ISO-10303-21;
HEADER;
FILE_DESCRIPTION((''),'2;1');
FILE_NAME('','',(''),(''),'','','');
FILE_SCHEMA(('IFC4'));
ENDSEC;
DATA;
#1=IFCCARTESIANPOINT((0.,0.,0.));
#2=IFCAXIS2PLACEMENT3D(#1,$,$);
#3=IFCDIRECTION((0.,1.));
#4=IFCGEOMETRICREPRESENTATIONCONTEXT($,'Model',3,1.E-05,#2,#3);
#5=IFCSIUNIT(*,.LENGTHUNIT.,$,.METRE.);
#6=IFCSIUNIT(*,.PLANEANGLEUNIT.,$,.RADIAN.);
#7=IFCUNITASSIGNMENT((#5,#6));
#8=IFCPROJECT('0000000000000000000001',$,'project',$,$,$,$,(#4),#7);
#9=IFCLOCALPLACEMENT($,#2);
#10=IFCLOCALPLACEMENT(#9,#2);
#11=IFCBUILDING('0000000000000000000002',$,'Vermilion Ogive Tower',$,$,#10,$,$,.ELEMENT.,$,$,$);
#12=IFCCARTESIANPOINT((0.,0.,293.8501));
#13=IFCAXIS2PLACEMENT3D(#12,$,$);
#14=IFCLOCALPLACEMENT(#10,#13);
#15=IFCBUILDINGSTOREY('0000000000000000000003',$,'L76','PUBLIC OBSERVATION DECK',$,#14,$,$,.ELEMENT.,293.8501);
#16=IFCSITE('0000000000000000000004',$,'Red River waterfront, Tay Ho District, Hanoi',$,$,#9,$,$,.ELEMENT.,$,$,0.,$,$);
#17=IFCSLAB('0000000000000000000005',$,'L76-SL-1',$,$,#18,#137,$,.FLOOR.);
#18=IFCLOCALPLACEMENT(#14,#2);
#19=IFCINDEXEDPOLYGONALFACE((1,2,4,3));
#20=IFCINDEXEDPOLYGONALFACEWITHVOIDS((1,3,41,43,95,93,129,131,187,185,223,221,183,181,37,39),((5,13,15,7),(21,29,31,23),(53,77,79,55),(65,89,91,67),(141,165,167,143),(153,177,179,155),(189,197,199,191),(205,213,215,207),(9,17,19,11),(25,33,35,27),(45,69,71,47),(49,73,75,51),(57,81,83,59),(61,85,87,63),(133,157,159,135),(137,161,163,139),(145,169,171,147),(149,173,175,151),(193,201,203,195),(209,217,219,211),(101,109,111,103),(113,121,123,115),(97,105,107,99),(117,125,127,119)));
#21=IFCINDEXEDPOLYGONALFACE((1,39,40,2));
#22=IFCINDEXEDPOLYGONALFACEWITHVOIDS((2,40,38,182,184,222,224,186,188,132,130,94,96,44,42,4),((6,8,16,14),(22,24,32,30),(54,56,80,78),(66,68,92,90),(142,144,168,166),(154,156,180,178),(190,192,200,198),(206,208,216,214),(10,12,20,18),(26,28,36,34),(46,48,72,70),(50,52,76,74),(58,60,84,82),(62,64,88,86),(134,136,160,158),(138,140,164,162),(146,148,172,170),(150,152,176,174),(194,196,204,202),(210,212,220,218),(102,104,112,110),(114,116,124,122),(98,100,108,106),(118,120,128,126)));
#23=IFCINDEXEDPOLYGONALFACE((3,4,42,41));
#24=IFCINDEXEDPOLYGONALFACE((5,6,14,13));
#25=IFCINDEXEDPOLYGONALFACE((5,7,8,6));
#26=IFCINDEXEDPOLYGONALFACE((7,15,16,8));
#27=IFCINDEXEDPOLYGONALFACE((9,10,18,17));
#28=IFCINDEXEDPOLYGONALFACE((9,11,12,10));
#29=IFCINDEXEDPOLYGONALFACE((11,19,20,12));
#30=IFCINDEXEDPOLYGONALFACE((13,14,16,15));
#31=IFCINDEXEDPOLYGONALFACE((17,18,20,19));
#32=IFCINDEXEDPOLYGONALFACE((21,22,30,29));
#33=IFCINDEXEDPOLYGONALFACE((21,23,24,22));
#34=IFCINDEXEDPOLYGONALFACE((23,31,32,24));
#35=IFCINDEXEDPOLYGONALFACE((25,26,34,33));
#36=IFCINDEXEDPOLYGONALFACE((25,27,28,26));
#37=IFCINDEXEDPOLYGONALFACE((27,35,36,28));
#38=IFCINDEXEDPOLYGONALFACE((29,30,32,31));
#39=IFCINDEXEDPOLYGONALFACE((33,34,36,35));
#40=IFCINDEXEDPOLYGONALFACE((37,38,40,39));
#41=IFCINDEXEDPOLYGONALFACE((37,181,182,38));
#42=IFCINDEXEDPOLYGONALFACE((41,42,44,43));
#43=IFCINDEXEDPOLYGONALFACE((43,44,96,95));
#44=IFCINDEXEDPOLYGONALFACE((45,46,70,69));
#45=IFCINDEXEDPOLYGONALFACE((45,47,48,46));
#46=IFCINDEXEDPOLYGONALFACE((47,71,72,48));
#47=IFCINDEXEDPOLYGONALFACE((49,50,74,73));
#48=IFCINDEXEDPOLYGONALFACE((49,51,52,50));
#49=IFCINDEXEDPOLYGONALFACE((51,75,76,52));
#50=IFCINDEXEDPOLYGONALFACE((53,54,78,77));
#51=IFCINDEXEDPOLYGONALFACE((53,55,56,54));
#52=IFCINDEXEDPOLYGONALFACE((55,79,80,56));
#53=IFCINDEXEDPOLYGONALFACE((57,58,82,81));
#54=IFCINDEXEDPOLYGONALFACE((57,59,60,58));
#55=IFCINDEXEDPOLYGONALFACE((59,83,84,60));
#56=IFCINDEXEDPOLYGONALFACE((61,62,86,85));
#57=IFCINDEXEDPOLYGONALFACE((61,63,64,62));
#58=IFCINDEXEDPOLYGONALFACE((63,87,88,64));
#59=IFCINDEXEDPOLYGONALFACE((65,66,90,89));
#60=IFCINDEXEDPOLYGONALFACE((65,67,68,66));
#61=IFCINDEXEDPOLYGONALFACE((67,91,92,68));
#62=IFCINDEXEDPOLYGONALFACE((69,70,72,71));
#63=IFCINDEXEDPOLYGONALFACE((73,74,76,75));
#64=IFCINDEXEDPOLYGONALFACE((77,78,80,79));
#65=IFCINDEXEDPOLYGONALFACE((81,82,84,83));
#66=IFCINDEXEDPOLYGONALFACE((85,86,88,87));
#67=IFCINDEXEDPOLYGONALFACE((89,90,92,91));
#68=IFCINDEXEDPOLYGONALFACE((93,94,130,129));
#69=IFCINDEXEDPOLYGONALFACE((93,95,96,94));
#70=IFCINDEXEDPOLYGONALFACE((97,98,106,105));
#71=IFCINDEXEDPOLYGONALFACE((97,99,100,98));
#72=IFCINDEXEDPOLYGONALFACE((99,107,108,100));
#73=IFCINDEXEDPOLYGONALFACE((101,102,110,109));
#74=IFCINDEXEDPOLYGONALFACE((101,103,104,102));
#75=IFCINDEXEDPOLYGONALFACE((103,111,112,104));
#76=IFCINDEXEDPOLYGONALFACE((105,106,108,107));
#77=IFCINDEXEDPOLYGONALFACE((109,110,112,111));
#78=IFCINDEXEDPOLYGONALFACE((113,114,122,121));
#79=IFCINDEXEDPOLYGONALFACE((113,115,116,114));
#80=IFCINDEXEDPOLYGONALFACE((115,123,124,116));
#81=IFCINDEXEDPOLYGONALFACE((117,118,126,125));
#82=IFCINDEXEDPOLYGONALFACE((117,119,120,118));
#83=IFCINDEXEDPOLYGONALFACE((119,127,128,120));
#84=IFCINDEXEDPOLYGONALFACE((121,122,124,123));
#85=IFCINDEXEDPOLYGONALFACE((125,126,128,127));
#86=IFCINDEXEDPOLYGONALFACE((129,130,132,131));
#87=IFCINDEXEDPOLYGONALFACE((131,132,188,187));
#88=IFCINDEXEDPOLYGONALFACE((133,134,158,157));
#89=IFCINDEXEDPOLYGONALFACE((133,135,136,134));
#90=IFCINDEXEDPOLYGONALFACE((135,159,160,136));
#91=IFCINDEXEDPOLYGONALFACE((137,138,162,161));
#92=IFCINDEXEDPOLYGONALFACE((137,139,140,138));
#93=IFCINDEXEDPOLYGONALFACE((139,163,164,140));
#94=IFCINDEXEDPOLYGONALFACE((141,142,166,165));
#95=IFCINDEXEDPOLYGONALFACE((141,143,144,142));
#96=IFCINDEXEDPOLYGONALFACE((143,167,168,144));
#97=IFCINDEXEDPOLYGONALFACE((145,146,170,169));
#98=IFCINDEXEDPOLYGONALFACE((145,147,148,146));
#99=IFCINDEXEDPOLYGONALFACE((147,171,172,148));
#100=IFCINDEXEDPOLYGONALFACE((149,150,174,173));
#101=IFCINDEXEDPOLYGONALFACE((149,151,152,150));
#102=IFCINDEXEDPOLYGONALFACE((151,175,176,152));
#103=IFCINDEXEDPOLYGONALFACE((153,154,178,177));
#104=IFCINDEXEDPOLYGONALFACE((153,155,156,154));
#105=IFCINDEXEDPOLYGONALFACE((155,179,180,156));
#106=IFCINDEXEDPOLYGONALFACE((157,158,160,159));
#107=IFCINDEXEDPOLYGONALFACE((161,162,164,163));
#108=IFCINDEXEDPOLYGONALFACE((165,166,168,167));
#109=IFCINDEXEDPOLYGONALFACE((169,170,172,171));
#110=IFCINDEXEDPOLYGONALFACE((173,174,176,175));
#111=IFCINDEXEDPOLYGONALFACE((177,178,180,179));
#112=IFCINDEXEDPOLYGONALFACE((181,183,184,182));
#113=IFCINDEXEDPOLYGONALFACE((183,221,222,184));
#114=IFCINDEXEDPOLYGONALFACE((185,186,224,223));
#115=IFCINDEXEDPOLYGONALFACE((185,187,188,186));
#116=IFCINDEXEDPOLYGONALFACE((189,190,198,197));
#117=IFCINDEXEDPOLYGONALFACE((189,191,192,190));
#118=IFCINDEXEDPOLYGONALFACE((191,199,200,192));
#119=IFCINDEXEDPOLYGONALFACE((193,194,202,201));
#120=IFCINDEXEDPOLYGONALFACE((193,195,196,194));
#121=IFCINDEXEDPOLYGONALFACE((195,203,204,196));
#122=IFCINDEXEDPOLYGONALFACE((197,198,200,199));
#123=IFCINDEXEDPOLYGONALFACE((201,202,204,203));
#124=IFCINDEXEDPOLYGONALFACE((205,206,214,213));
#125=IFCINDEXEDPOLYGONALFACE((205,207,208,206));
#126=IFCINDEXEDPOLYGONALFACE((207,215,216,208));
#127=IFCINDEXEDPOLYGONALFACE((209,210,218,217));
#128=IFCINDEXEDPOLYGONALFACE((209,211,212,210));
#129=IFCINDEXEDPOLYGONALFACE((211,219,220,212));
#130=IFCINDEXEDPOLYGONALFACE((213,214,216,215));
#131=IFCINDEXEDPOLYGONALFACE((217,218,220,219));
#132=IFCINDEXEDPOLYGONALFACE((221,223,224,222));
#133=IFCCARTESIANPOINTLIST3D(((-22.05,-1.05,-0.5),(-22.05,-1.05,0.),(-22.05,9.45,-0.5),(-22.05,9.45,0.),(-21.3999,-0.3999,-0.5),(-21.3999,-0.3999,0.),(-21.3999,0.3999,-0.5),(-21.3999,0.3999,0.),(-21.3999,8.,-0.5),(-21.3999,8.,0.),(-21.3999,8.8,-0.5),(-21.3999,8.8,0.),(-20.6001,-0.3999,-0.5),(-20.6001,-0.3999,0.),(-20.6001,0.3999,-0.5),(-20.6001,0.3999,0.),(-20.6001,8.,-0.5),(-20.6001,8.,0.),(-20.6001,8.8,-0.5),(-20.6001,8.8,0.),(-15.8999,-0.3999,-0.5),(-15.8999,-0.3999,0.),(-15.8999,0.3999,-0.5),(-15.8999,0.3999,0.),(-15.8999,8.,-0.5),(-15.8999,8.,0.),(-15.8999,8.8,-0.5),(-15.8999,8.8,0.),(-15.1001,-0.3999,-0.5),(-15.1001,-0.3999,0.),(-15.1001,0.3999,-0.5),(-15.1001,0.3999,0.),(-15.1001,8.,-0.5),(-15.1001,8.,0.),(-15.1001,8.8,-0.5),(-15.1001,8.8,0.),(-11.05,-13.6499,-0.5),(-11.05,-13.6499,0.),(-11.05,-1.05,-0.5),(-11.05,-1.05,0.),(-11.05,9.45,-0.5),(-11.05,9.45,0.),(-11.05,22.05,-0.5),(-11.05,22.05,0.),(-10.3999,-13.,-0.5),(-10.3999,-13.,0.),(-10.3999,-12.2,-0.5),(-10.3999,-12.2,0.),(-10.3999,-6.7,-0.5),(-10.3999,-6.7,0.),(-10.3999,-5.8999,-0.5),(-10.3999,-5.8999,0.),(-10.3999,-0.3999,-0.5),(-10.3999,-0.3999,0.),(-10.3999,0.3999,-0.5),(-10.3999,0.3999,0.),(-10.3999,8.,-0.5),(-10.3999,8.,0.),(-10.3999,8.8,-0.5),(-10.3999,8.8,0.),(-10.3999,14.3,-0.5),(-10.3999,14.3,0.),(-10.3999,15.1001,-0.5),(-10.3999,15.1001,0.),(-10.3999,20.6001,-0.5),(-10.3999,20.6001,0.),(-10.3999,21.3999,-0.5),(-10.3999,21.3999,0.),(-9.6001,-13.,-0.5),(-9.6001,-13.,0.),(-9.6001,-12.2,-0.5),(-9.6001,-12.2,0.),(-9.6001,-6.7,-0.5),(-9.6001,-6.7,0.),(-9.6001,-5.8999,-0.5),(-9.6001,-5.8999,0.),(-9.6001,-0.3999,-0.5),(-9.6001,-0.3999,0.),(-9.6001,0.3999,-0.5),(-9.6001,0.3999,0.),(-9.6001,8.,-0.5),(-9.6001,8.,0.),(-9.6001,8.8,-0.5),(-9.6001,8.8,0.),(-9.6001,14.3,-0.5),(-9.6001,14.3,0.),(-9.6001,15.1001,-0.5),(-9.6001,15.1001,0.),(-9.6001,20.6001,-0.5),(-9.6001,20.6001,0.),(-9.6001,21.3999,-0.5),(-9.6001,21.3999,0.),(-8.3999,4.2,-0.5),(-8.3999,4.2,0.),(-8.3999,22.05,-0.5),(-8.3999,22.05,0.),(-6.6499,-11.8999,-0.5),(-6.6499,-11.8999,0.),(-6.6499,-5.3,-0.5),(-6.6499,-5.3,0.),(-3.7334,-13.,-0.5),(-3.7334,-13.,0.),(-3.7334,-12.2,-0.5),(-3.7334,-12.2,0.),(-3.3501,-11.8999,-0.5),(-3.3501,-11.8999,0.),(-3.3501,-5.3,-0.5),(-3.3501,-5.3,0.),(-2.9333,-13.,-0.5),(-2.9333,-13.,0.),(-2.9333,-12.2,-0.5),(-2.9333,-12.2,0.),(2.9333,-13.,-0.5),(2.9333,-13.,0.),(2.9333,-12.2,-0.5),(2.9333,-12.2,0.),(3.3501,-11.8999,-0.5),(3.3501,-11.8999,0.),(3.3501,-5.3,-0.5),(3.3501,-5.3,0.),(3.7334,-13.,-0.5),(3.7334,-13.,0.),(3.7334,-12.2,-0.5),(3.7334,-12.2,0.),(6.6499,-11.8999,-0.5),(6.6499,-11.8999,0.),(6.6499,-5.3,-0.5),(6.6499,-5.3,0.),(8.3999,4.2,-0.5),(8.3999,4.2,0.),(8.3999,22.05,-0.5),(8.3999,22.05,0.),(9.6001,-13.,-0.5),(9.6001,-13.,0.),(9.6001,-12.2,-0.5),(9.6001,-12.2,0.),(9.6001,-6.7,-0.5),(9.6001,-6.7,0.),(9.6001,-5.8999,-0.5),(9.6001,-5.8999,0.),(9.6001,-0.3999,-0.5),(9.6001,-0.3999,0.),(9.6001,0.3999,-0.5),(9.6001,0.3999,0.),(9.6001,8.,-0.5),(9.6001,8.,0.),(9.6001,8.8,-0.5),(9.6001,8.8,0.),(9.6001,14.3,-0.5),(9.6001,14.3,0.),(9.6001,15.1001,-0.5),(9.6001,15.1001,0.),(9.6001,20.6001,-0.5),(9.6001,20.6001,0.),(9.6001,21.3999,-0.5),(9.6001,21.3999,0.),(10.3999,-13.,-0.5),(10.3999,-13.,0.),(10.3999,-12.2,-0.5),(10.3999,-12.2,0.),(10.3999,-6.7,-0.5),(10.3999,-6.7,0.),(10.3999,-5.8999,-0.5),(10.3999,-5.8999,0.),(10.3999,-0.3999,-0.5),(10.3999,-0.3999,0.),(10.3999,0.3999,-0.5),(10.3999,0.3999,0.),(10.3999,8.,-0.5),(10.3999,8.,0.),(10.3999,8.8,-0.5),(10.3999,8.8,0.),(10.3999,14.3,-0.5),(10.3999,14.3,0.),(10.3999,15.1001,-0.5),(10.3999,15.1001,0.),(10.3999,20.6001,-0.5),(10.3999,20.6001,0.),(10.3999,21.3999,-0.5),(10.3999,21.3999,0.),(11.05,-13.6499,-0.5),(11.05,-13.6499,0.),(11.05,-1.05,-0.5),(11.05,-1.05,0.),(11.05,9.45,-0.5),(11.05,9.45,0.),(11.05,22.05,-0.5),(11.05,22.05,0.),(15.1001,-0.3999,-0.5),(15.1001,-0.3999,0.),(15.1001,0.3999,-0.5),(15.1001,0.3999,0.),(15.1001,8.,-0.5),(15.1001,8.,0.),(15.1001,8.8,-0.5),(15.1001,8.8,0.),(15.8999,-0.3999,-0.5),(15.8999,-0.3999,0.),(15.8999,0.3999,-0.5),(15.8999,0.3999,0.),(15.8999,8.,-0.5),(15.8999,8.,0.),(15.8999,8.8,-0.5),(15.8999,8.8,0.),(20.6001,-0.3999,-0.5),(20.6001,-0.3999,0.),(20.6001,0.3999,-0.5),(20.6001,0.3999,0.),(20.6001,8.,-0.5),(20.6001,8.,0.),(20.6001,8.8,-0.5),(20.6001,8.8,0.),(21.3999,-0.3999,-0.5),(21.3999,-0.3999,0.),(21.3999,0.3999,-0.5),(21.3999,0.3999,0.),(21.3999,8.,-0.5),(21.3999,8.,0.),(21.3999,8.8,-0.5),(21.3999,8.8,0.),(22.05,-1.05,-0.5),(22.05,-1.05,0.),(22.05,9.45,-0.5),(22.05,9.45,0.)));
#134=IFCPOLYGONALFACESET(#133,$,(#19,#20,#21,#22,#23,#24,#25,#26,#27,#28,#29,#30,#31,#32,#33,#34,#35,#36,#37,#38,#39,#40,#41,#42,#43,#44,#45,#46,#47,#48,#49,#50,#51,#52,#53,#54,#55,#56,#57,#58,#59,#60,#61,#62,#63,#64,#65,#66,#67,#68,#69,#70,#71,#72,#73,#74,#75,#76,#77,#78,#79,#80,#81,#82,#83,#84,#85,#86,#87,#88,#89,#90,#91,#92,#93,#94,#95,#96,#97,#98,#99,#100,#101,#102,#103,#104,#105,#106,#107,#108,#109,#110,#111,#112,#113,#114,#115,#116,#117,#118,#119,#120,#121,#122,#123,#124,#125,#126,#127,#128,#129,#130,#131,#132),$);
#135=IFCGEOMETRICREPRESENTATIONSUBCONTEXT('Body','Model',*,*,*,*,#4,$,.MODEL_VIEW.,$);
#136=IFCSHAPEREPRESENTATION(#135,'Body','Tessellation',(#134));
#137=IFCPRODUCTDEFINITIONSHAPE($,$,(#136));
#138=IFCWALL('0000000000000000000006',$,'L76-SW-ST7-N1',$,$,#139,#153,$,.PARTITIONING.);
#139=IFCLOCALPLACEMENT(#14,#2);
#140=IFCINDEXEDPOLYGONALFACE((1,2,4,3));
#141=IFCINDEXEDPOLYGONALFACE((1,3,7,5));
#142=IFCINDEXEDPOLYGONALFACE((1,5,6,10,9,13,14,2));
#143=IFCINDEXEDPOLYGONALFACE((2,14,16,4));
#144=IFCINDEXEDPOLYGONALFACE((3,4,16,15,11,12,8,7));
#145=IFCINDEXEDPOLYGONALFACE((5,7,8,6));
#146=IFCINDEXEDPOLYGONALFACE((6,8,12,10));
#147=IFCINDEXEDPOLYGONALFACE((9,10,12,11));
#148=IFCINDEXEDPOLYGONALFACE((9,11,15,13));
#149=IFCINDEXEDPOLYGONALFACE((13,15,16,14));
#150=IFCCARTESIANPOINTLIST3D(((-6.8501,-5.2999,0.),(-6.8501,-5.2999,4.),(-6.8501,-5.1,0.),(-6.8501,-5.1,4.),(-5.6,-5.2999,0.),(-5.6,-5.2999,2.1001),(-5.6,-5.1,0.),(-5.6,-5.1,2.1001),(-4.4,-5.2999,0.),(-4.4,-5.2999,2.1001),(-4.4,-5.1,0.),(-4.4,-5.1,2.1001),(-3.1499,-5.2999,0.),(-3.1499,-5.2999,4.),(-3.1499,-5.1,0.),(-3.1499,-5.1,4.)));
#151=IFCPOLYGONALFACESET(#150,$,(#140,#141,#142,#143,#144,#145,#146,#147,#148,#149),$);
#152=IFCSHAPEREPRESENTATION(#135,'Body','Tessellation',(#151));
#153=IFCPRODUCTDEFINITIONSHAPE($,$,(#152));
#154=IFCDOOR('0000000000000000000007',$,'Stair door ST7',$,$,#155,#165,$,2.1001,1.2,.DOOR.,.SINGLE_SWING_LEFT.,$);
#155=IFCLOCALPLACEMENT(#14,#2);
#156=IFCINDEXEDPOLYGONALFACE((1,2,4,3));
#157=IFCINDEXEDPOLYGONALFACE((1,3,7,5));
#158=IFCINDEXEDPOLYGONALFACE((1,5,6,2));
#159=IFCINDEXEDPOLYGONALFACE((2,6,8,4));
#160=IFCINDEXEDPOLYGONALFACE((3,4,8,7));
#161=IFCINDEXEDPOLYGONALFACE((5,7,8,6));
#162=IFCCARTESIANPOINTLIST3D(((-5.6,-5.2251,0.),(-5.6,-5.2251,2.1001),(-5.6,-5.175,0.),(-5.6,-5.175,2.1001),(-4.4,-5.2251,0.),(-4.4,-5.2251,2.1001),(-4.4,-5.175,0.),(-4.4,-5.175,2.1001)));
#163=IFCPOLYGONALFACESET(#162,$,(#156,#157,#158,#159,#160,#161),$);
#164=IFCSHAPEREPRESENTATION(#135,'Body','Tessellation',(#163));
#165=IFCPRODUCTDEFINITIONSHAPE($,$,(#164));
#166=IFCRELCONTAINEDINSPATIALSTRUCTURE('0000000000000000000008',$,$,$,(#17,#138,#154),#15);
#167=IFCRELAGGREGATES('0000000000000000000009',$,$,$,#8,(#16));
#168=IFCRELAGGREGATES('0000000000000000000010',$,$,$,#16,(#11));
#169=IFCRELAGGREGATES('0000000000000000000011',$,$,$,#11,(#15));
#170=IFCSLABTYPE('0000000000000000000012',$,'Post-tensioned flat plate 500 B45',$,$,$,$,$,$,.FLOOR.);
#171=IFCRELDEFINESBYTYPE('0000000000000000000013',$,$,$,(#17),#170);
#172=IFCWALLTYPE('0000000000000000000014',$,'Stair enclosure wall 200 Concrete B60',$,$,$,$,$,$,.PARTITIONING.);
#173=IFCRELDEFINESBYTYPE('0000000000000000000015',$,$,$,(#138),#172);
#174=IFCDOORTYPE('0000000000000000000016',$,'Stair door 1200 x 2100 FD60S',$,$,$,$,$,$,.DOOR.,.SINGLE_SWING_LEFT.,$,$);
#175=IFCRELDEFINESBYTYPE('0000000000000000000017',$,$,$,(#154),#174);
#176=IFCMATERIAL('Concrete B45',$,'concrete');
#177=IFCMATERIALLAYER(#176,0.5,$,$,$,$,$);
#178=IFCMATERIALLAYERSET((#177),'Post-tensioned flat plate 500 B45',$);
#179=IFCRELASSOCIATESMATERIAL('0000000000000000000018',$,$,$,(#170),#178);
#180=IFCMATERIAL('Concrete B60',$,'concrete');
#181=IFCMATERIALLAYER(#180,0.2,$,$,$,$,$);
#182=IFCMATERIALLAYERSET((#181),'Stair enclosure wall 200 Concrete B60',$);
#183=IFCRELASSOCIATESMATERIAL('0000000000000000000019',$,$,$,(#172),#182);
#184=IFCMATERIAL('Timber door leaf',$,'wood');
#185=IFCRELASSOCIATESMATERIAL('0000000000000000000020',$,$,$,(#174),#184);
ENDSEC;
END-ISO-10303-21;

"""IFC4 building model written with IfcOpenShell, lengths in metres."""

from ifc_helpers import new_model, si_unit, direction, frame, frame_2d, origin, place, context, subcontext, project, spatial, polyline, rectangle, outline, extrude, material, layer, layer_set, type_object, element, fill, save


model = new_model("IFC4")

# Units and contexts
model_context = context("Model", 3, precision=1e-05, world=origin(), true_north=direction((0.0, 1.0)))
body_context = subcontext(model_context, "Body", "Model", "MODEL_VIEW")
ifc_project = project(units=[si_unit("LENGTHUNIT", "METRE"), si_unit("PLANEANGLEUNIT", "RADIAN")], contexts=[model_context])

# Site, building, storey
site_placement = place(None, origin())
site = spatial("IfcSite", under=ifc_project, at=site_placement, Name="Red River waterfront, Tay Ho District, Hanoi", CompositionType="ELEMENT", RefElevation=0.0)
building_placement = place(site_placement, origin())
building = spatial("IfcBuilding", under=site, at=building_placement, Name="Vermilion Ogive Tower", CompositionType="ELEMENT")
storey_placement = place(building_placement, frame((0.0, 0.0, 293.8501)))
storey = spatial("IfcBuildingStorey", under=building, at=storey_placement, Name="L76", Description="PUBLIC OBSERVATION DECK", CompositionType="ELEMENT", Elevation=293.8501)

# Slab
ifc_material_1 = material(Name="Concrete B45", Category="concrete")
ifc_layer_1 = layer(ifc_material_1, 0.5)
ifc_layer_set_1 = layer_set([ifc_layer_1], Name="Post-tensioned flat plate 500 B45")
slab_type = type_object("IfcSlabType", Name="Post-tensioned flat plate 500 B45", PredefinedType="FLOOR", material=ifc_layer_set_1)
slab_placement = place(storey_placement, frame((0.0, 0.0, -0.5)))
element("IfcSlab", 1, at=slab_placement, inside=storey, type_object=slab_type, Name="L76-SL-1", PredefinedType="FLOOR", context=body_context, shape_type="SweptSolid", body=[
    extrude(outline(polyline([(-11.05, -1.05), (-22.05, -1.05), (-22.05, 9.45), (-11.05, 9.45), (-11.05, 22.05), (-8.3999, 22.05), (-8.3999, 4.2), (8.3999, 4.2), (8.3999, 22.05), (11.05, 22.05), (11.05, 9.45), (22.05, 9.45), (22.05, -1.05), (11.05, -1.05), (11.05, -13.6499), (-11.05, -13.6499), (-11.05, -1.05)]), holes=[polyline([(21.3999, 8.0), (21.3999, 8.8), (20.6001, 8.8), (20.6001, 8.0), (21.3999, 8.0)]), polyline([(21.3999, -0.3999), (21.3999, 0.3999), (20.6001, 0.3999), (20.6001, -0.3999), (21.3999, -0.3999)]), polyline([(15.8999, 8.0), (15.8999, 8.8), (15.1001, 8.8), (15.1001, 8.0), (15.8999, 8.0)]), polyline([(15.8999, -0.3999), (15.8999, 0.3999), (15.1001, 0.3999), (15.1001, -0.3999), (15.8999, -0.3999)]), polyline([(10.3999, 20.6001), (10.3999, 21.3999), (9.6001, 21.3999), (9.6001, 20.6001), (10.3999, 20.6001)]), polyline([(10.3999, 14.3), (10.3999, 15.1001), (9.6001, 15.1001), (9.6001, 14.3), (10.3999, 14.3)]), polyline([(10.3999, 8.0), (10.3999, 8.8), (9.6001, 8.8), (9.6001, 8.0), (10.3999, 8.0)]), polyline([(10.3999, -0.3999), (10.3999, 0.3999), (9.6001, 0.3999), (9.6001, -0.3999), (10.3999, -0.3999)]), polyline([(10.3999, -6.7), (10.3999, -5.8999), (9.6001, -5.8999), (9.6001, -6.7), (10.3999, -6.7)]), polyline([(10.3999, -13.0), (10.3999, -12.2), (9.6001, -12.2), (9.6001, -13.0), (10.3999, -13.0)]), polyline([(6.6499, -11.8999), (6.6499, -5.3), (3.3501, -5.3), (3.3501, -11.8999), (6.6499, -11.8999)]), polyline([(3.7334, -13.0), (3.7334, -12.2), (2.9333, -12.2), (2.9333, -13.0), (3.7334, -13.0)]), polyline([(-2.9333, -13.0), (-2.9333, -12.2), (-3.7334, -12.2), (-3.7334, -13.0), (-2.9333, -13.0)]), polyline([(-3.3501, -11.8999), (-3.3501, -5.3), (-6.6499, -5.3), (-6.6499, -11.8999), (-3.3501, -11.8999)]), polyline([(-9.6001, 20.6001), (-9.6001, 21.3999), (-10.3999, 21.3999), (-10.3999, 20.6001), (-9.6001, 20.6001)]), polyline([(-9.6001, 14.3), (-9.6001, 15.1001), (-10.3999, 15.1001), (-10.3999, 14.3), (-9.6001, 14.3)]), polyline([(-9.6001, 8.0), (-9.6001, 8.8), (-10.3999, 8.8), (-10.3999, 8.0), (-9.6001, 8.0)]), polyline([(-9.6001, -0.3999), (-9.6001, 0.3999), (-10.3999, 0.3999), (-10.3999, -0.3999), (-9.6001, -0.3999)]), polyline([(-9.6001, -6.7), (-9.6001, -5.8999), (-10.3999, -5.8999), (-10.3999, -6.7), (-9.6001, -6.7)]), polyline([(-9.6001, -12.2), (-10.3999, -12.2), (-10.3999, -13.0), (-9.6001, -13.0), (-9.6001, -12.2)]), polyline([(-15.1001, 8.0), (-15.1001, 8.8), (-15.8999, 8.8), (-15.8999, 8.0), (-15.1001, 8.0)]), polyline([(-15.1001, -0.3999), (-15.1001, 0.3999), (-15.8999, 0.3999), (-15.8999, -0.3999), (-15.1001, -0.3999)]), polyline([(-20.6001, -0.3999), (-20.6001, 0.3999), (-21.3999, 0.3999), (-21.3999, -0.3999), (-20.6001, -0.3999)]), polyline([(-20.6001, 8.8), (-21.3999, 8.8), (-21.3999, 8.0), (-20.6001, 8.0), (-20.6001, 8.8)])]), origin(), (0.0, 0.0, 1.0), 0.5),
])

# Wall, opening, door
ifc_material_2 = material(Name="Concrete B60", Category="concrete")
ifc_layer_2 = layer(ifc_material_2, 0.2)
ifc_layer_set_2 = layer_set([ifc_layer_2], Name="Stair enclosure wall 200 Concrete B60")
wall_type_1 = type_object("IfcWallType", Name="Stair enclosure wall 200 Concrete B60", PredefinedType="PARTITIONING", material=ifc_layer_set_2)
wall_1_placement = place(storey_placement, frame((-6.8501, -5.2, 0.0), z_axis=(0.0, 0.0, 1.0), x_axis=(1.0, 0.0, 0.0)))
wall_1 = element("IfcWall", 2, at=wall_1_placement, inside=storey, type_object=wall_type_1, Name="L76-SW-ST7-N1", PredefinedType="PARTITIONING", context=body_context, shape_type="SweptSolid", body=[
    extrude(rectangle(XDim=3.7002, YDim=0.2, at=frame_2d((1.8501, 0.0))), origin(), (0.0, 0.0, 1.0), 4.0),
])
opening_placement = place(wall_1_placement, frame((1.25, 0.0, 0.0)))
opening = element("IfcOpeningElement", 3, at=opening_placement, cuts=wall_1, PredefinedType="OPENING", context=body_context, shape_type="SweptSolid", body=[
    extrude(rectangle(XDim=1.2, YDim=2.1001, at=frame_2d((0.6001, 1.05))), frame((0.0, 0.1099, 0.0), z_axis=(0.0, -1.0, 0.0), x_axis=(1.0, 0.0, 0.0)), (0.0, 0.0, 1.0), 0.22),
])
ifc_material_3 = material(Name="Timber door leaf", Category="wood")
door_type = type_object("IfcDoorType", Name="Stair door 1200 x 2100 FD60S", OperationType="SINGLE_SWING_LEFT", PredefinedType="DOOR", material=ifc_material_3)
door_placement = place(opening_placement, origin())
door = element("IfcDoor", 4, at=door_placement, inside=storey, type_object=door_type, Name="Stair door ST7", OperationType="SINGLE_SWING_LEFT", OverallHeight=2.1001, OverallWidth=1.2, PredefinedType="DOOR", context=body_context, shape_type="SweptSolid", body=[
    extrude(rectangle(XDim=1.2, YDim=2.1001, at=frame_2d((0.6001, 1.05))), frame((0.0, 0.0249, 0.0), z_axis=(0.0, -1.0, 0.0), x_axis=(1.0, 0.0, 0.0)), (0.0, 0.0, 1.0), 0.05),
])
fill(opening, door)

save(model, "model.ifc")
